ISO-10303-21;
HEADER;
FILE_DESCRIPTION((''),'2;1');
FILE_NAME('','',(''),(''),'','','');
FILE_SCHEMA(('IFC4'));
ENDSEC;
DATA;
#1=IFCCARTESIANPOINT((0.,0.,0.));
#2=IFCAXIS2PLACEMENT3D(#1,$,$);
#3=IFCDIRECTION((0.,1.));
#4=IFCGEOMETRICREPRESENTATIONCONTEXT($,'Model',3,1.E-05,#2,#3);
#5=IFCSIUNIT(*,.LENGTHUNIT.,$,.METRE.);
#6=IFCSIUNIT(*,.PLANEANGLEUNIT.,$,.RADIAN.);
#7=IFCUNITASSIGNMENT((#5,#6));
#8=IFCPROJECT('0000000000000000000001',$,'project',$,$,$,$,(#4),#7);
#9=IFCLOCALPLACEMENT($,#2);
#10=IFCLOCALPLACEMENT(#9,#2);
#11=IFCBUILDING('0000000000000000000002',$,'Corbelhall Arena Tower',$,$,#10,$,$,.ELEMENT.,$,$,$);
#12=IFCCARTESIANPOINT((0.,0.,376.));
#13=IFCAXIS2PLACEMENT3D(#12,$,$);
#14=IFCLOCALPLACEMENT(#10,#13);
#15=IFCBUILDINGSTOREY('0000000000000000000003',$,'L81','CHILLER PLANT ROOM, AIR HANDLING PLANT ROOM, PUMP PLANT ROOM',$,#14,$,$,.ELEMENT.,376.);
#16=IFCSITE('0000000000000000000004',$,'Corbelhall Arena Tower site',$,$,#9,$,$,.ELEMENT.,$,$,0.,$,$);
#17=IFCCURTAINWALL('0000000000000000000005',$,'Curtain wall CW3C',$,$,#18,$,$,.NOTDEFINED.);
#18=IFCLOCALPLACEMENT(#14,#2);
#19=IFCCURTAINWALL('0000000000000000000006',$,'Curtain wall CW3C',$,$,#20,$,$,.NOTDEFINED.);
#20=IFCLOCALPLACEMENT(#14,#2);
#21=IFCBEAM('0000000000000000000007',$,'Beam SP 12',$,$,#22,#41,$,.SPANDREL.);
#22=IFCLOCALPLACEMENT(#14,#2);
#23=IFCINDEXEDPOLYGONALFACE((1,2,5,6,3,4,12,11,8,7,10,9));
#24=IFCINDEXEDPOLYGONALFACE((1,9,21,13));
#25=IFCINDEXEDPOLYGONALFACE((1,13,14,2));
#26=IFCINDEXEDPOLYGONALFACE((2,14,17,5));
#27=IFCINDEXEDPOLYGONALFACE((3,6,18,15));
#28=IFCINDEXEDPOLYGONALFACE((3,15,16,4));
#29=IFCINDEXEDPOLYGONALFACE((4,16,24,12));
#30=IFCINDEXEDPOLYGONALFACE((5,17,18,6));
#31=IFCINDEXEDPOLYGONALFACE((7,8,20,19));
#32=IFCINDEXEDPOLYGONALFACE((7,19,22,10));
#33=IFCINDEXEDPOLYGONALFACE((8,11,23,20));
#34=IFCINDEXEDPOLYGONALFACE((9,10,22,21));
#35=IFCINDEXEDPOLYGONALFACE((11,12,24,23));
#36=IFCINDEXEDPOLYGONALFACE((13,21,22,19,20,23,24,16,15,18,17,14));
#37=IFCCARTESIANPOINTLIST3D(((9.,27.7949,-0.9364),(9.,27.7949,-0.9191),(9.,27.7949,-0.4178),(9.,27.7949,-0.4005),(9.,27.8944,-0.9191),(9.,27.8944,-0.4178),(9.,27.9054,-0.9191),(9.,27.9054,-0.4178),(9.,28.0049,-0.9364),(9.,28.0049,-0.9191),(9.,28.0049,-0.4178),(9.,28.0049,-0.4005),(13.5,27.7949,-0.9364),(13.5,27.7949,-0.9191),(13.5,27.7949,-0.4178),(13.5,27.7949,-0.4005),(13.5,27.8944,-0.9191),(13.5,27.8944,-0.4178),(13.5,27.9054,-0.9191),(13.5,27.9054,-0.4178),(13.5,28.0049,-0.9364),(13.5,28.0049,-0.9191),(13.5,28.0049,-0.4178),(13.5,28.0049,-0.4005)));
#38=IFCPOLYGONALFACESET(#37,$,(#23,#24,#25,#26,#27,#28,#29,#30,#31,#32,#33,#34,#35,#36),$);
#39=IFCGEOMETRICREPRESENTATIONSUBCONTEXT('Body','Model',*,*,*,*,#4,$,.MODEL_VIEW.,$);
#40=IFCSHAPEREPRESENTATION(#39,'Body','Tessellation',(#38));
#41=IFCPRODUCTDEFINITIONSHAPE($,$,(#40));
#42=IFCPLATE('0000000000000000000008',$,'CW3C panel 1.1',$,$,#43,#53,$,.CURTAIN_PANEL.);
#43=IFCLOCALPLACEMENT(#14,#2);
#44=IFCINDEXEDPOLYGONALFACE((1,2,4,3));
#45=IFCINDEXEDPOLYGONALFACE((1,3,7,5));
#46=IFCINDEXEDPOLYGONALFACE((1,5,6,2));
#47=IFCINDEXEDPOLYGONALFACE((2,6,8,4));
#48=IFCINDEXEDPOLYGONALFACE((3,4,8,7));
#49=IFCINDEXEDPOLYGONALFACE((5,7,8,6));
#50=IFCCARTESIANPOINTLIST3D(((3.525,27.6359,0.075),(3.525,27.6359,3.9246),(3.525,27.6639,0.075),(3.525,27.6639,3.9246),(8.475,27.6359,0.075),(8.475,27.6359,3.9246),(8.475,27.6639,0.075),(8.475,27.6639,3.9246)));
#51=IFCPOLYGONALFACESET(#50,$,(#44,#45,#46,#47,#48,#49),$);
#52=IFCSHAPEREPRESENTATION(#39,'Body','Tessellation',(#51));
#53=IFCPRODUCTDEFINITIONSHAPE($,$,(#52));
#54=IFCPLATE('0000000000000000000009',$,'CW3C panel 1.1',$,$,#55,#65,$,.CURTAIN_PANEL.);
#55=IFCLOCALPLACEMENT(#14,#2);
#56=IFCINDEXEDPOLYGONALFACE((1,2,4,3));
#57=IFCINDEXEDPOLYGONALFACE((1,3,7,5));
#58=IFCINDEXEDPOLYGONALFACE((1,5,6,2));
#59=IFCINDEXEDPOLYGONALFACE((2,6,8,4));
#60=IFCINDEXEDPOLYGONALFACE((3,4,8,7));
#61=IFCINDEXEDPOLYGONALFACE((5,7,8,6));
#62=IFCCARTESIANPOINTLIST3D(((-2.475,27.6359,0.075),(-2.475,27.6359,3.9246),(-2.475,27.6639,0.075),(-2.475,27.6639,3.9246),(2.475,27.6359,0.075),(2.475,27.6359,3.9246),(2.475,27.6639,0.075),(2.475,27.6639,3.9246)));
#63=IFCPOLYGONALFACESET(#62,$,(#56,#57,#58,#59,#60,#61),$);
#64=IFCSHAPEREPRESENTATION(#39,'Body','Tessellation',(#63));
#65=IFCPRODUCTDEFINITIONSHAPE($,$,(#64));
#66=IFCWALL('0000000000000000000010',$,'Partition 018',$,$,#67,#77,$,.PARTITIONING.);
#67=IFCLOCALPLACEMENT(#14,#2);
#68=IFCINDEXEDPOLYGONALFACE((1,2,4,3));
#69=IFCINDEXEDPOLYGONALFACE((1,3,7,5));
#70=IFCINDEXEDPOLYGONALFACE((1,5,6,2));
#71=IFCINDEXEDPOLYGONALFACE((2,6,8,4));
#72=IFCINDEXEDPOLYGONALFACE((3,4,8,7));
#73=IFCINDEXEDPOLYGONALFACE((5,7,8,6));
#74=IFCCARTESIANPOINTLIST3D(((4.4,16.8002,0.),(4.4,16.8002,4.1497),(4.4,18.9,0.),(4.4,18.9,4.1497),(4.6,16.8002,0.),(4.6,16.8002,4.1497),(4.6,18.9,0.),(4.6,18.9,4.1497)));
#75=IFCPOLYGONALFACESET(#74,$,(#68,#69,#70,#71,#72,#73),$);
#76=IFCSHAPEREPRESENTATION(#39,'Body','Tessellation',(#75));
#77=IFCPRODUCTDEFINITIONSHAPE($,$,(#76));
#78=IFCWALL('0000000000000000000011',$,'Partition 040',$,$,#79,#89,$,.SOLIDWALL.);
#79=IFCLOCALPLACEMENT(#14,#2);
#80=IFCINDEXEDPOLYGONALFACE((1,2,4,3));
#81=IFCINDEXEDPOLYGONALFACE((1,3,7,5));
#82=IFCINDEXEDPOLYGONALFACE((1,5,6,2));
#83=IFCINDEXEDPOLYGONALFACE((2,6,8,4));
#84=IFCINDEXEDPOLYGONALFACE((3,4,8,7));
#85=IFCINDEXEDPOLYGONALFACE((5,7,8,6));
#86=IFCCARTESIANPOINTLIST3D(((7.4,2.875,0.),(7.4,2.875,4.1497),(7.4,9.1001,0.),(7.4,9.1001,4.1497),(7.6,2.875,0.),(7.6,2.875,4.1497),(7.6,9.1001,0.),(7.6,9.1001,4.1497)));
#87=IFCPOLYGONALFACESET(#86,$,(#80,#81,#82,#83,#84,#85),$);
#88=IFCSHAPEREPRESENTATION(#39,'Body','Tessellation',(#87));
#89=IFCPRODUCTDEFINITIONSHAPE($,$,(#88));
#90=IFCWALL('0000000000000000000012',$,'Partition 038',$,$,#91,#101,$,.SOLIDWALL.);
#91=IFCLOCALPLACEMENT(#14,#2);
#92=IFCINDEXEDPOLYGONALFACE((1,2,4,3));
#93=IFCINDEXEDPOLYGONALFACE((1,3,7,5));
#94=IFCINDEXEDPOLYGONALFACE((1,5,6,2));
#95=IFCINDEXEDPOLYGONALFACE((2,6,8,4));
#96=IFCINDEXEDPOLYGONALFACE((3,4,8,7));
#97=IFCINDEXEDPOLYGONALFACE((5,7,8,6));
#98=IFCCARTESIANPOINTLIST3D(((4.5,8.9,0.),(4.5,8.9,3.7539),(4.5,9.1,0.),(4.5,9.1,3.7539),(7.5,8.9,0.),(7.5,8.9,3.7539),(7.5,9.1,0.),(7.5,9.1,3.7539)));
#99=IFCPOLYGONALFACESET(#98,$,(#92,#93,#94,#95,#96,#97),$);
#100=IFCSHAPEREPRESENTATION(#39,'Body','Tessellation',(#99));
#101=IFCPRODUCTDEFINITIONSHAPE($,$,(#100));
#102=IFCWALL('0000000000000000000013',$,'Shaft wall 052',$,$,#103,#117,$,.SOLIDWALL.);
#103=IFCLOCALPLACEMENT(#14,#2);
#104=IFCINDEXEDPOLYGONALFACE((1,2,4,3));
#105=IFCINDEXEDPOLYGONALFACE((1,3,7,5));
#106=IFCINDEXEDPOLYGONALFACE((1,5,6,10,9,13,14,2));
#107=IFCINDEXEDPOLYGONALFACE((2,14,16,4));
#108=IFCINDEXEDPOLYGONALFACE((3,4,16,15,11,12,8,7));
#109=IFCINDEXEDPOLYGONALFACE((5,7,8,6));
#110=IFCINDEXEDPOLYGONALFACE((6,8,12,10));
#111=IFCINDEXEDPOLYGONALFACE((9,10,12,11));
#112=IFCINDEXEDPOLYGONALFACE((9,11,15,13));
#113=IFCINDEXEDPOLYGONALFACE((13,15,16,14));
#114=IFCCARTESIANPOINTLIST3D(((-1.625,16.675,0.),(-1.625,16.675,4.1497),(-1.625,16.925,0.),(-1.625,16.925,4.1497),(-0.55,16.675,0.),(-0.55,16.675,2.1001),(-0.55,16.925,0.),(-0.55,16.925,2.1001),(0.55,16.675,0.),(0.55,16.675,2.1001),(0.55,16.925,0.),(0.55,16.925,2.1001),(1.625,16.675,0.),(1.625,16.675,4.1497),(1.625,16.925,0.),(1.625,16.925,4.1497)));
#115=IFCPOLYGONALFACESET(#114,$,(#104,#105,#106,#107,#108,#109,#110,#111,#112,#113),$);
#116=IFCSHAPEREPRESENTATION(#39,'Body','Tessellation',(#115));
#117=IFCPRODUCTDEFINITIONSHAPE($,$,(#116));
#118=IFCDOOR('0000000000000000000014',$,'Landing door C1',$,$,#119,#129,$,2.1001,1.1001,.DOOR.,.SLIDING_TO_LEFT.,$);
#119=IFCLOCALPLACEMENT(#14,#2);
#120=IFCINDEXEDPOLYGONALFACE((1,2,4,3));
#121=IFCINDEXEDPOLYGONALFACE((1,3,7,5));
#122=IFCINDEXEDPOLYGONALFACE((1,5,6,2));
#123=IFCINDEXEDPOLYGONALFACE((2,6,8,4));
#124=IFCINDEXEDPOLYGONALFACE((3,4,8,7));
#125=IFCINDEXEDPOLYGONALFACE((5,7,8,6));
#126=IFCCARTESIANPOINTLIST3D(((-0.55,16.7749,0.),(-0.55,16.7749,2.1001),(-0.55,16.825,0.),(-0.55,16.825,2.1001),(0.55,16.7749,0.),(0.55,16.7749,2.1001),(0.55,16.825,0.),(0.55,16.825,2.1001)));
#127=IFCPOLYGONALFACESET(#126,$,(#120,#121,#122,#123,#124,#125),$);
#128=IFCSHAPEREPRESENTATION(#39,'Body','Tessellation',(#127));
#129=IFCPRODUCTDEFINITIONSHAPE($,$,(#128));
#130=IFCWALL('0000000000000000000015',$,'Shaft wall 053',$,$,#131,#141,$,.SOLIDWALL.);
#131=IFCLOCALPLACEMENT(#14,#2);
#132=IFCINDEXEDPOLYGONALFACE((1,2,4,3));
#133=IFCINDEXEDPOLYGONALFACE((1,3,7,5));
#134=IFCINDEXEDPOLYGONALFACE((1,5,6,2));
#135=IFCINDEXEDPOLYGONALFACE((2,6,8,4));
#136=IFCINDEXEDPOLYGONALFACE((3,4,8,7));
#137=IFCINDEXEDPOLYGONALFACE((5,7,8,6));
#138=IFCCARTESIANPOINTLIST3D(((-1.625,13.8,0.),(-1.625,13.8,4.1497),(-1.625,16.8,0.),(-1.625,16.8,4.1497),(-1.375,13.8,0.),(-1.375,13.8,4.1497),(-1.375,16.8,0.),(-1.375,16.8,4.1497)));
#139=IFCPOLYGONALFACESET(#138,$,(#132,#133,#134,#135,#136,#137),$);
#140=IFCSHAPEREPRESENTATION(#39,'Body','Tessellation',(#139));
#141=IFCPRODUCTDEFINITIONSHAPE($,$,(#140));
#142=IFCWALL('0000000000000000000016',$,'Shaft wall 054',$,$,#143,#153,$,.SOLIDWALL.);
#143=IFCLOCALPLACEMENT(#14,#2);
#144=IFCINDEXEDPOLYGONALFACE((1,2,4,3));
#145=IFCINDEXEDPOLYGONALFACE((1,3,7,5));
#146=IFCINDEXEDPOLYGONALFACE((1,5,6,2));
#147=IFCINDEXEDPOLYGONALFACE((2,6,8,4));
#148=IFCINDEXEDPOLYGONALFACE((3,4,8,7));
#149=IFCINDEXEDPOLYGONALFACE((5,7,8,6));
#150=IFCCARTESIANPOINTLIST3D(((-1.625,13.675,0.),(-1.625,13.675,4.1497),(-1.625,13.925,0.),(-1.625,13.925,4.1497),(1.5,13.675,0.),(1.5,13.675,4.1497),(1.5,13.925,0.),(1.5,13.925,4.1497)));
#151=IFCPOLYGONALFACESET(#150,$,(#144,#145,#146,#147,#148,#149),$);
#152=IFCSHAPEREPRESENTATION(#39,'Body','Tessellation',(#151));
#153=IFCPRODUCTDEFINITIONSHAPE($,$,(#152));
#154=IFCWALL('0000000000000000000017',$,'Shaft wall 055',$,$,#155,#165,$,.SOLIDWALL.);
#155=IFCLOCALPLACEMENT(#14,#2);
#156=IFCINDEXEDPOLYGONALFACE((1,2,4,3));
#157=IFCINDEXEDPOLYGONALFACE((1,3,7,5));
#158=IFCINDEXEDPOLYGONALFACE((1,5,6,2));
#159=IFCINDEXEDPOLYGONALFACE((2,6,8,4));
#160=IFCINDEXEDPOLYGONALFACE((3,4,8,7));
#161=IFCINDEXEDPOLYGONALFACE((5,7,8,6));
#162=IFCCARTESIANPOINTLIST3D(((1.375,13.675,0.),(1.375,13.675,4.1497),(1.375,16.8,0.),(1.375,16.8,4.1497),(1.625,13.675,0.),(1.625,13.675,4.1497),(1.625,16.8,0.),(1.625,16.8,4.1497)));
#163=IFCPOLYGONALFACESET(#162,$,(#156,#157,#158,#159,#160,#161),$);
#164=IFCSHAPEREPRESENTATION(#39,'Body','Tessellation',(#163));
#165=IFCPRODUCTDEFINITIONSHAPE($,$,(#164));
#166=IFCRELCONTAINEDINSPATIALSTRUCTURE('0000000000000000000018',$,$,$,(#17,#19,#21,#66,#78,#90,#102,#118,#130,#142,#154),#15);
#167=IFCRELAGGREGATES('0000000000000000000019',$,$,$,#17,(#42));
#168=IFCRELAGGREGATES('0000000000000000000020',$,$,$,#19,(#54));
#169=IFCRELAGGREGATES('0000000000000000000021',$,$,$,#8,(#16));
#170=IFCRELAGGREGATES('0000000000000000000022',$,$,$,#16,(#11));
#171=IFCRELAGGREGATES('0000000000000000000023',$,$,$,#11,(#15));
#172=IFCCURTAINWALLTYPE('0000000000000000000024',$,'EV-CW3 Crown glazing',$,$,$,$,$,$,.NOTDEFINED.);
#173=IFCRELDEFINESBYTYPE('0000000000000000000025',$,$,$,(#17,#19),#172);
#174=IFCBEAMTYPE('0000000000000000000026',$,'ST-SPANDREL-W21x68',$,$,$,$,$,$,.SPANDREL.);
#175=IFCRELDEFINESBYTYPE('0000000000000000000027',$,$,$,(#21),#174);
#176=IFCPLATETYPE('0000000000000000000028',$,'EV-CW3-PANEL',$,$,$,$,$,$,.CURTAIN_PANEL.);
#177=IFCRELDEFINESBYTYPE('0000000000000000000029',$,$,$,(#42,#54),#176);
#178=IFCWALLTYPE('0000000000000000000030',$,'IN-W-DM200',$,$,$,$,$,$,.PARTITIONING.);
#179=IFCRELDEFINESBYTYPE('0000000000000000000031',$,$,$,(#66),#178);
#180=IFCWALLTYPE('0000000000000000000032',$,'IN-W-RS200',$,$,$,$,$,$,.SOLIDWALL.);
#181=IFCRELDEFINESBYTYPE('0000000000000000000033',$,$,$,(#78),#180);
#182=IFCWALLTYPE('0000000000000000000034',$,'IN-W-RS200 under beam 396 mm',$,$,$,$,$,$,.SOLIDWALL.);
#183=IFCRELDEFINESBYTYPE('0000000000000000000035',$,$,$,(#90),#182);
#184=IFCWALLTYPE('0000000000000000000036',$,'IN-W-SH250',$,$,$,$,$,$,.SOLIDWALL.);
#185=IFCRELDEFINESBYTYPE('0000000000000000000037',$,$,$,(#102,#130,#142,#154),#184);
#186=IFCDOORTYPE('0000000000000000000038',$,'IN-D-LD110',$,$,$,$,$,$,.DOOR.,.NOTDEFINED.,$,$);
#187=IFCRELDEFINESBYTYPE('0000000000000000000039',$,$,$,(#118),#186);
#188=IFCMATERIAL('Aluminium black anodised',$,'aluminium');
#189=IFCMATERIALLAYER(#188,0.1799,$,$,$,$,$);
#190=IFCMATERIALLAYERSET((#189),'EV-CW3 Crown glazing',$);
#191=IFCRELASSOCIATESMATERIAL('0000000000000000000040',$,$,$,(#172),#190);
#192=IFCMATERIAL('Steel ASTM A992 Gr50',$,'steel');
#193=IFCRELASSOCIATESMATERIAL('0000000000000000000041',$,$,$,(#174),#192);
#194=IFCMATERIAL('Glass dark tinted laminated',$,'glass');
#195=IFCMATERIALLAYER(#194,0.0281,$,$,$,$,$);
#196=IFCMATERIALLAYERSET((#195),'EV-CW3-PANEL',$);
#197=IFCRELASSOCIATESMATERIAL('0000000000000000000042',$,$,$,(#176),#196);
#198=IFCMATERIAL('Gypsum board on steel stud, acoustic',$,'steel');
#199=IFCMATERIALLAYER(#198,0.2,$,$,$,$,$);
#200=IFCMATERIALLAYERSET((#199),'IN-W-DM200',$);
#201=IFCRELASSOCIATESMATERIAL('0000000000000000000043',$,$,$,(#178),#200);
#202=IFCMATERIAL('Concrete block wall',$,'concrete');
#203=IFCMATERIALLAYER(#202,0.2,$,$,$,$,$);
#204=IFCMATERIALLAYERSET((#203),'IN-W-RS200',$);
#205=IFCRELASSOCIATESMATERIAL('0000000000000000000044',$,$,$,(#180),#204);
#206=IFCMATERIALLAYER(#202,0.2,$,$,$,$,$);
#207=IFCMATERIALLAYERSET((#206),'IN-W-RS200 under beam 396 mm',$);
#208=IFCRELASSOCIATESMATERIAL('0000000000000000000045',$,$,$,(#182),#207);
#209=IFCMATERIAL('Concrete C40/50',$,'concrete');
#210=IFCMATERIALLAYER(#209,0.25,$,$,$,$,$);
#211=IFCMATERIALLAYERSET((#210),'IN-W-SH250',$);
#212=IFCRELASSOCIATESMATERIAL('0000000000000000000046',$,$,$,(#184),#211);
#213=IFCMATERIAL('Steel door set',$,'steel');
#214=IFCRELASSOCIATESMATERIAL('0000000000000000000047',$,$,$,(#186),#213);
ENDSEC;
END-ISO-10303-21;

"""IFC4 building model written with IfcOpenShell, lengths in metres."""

from ifc_helpers import new_model, si_unit, direction, frame, frame_2d, origin, origin_2d, place, context, subcontext, project, spatial, rectangle, i_section, extrude, material, layer, layer_set, material_profile, profile_set, type_object, element, fill, aggregate, save


model = new_model("IFC4")

# Units and contexts
model_context = context("Model", 3, precision=1e-05, world=origin(), true_north=direction((0.0, 1.0)))
body_context = subcontext(model_context, "Body", "Model", "MODEL_VIEW")
ifc_project = project(units=[si_unit("LENGTHUNIT", "METRE"), si_unit("PLANEANGLEUNIT", "RADIAN")], contexts=[model_context])

# Site, building, storey
site_placement = place(None, origin())
site = spatial("IfcSite", under=ifc_project, at=site_placement, Name="Corbelhall Arena Tower site", CompositionType="ELEMENT", RefElevation=0.0)
building_placement = place(site_placement, origin())
building = spatial("IfcBuilding", under=site, at=building_placement, Name="Corbelhall Arena Tower", CompositionType="ELEMENT")
storey_placement = place(building_placement, frame((0.0, 0.0, 376.0)))
storey = spatial("IfcBuildingStorey", under=building, at=storey_placement, Name="L81", Description="CHILLER PLANT ROOM, AIR HANDLING PLANT ROOM, PUMP PLANT ROOM", CompositionType="ELEMENT", Elevation=376.0)

# Curtain wall
ifc_material_1 = material(Name="Aluminium black anodised", Category="aluminium")
ifc_layer_1 = layer(ifc_material_1, 0.1799)
ifc_layer_set_1 = layer_set([ifc_layer_1], Name="EV-CW3 Crown glazing")
curtain_wall_type = type_object("IfcCurtainWallType", Name="EV-CW3 Crown glazing", PredefinedType="NOTDEFINED", material=ifc_layer_set_1)
curtain_wall_1_placement = place(storey_placement, origin())
curtain_wall_1 = element("IfcCurtainWall", 1, at=curtain_wall_1_placement, inside=storey, type_object=curtain_wall_type, Name="Curtain wall CW3C", PredefinedType="NOTDEFINED")

# Curtain wall
curtain_wall_2_placement = place(storey_placement, origin())
curtain_wall_2 = element("IfcCurtainWall", 2, at=curtain_wall_2_placement, inside=storey, type_object=curtain_wall_type, Name="Curtain wall CW3C", PredefinedType="NOTDEFINED")

# Beam
ifc_material_2 = material(Name="Steel ASTM A992 Gr50", Category="steel")
ifc_material_profile_1 = material_profile(ifc_material_2, i_section(OverallWidth=0.21, OverallDepth=0.5359, WebThickness=0.011, FlangeThickness=0.0173, at=origin_2d()))
ifc_profile_set_1 = profile_set([ifc_material_profile_1], Name="Steel ASTM A992 Gr50")
beam_type_1 = type_object("IfcBeamType", Name="ST-SPANDREL-W21x68", PredefinedType="SPANDREL", material=ifc_profile_set_1)
beam_1_placement = place(storey_placement, frame((9.0, 27.8999, -0.6685), z_axis=(1.0, 0.0, 0.0), x_axis=(0.0, 1.0, 0.0)))
element("IfcBeam", 3, at=beam_1_placement, inside=storey, type_object=beam_type_1, Name="Beam SP 12", PredefinedType="SPANDREL", context=body_context, shape_type="SweptSolid", body=[
    extrude(i_section(OverallWidth=0.21, OverallDepth=0.5359, WebThickness=0.011, FlangeThickness=0.0173, at=origin_2d()), origin(), (0.0, 0.0, 1.0), 4.5),
])

# Plates
ifc_material_3 = material(Name="Glass dark tinted laminated", Category="glass")
ifc_layer_2 = layer(ifc_material_3, 0.0281)
ifc_layer_set_2 = layer_set([ifc_layer_2], Name="EV-CW3-PANEL")
plate_type = type_object("IfcPlateType", Name="EV-CW3-PANEL", PredefinedType="CURTAIN_PANEL", material=ifc_layer_set_2)
plate_1_placement = place(storey_placement, frame((6.0, 27.6499, 0.075), z_axis=(0.0, 0.0, 1.0), x_axis=(-1.0, 0.0, 0.0)))
plate_1 = element("IfcPlate", 4, at=plate_1_placement, type_object=plate_type, Name="CW3C panel 1.1", PredefinedType="CURTAIN_PANEL", context=body_context, shape_type="SweptSolid", body=[
    extrude(rectangle(XDim=4.95, YDim=0.0281, at=origin_2d()), origin(), (0.0, 0.0, 1.0), 3.8496),
])
aggregate(curtain_wall_1, [plate_1])
plate_2_placement = place(storey_placement, frame((0.0, 27.6499, 0.075), z_axis=(0.0, 0.0, 1.0), x_axis=(-1.0, 0.0, 0.0)))
plate_2 = element("IfcPlate", 5, at=plate_2_placement, type_object=plate_type, Name="CW3C panel 1.1", PredefinedType="CURTAIN_PANEL", context=body_context, shape_type="SweptSolid", body=[
    extrude(rectangle(XDim=4.95, YDim=0.0281, at=origin_2d()), origin(), (0.0, 0.0, 1.0), 3.8496),
])
aggregate(curtain_wall_2, [plate_2])

# Walls
ifc_material_4 = material(Name="Gypsum board on steel stud, acoustic", Category="steel")
ifc_layer_3 = layer(ifc_material_4, 0.2)
ifc_layer_set_3 = layer_set([ifc_layer_3], Name="IN-W-DM200")
wall_type_1 = type_object("IfcWallType", Name="IN-W-DM200", PredefinedType="PARTITIONING", material=ifc_layer_set_3)
wall_1_placement = place(storey_placement, frame((4.5, 18.8999, 0.0), z_axis=(0.0, 0.0, 1.0), x_axis=(0.0, -1.0, 0.0)))
element("IfcWall", 6, at=wall_1_placement, inside=storey, type_object=wall_type_1, Name="Partition 018", PredefinedType="PARTITIONING", context=body_context, shape_type="SweptSolid", body=[
    extrude(rectangle(XDim=2.0999, YDim=0.2, at=frame_2d((1.0498, 0.0))), origin(), (0.0, 0.0, 1.0), 4.1497),
])
ifc_material_5 = material(Name="Concrete block wall", Category="concrete")
ifc_layer_4 = layer(ifc_material_5, 0.2)
ifc_layer_set_4 = layer_set([ifc_layer_4], Name="IN-W-RS200")
wall_type_2 = type_object("IfcWallType", Name="IN-W-RS200", PredefinedType="SOLIDWALL", material=ifc_layer_set_4)
wall_2_placement = place(storey_placement, frame((7.5, 9.1001, 0.0), z_axis=(0.0, 0.0, 1.0), x_axis=(0.0, -1.0, 0.0)))
element("IfcWall", 7, at=wall_2_placement, inside=storey, type_object=wall_type_2, Name="Partition 040", PredefinedType="SOLIDWALL", context=body_context, shape_type="SweptSolid", body=[
    extrude(rectangle(XDim=6.2251, YDim=0.2, at=frame_2d((3.1125, 0.0))), origin(), (0.0, 0.0, 1.0), 4.1497),
])
ifc_layer_5 = layer(ifc_material_5, 0.2)
ifc_layer_set_5 = layer_set([ifc_layer_5], Name="IN-W-RS200 under beam 396 mm")
wall_type_3 = type_object("IfcWallType", Name="IN-W-RS200 under beam 396 mm", PredefinedType="SOLIDWALL", material=ifc_layer_set_5)
wall_3_placement = place(storey_placement, frame((4.5, 9.0, 0.0), z_axis=(0.0, 0.0, 1.0), x_axis=(1.0, 0.0, 0.0)))
element("IfcWall", 8, at=wall_3_placement, inside=storey, type_object=wall_type_3, Name="Partition 038", PredefinedType="SOLIDWALL", context=body_context, shape_type="SweptSolid", body=[
    extrude(rectangle(XDim=3.0, YDim=0.2, at=frame_2d((1.5, 0.0))), origin(), (0.0, 0.0, 1.0), 3.7539),
])

# Wall, opening, door
ifc_material_6 = material(Name="Concrete C40/50", Category="concrete")
ifc_layer_6 = layer(ifc_material_6, 0.25)
ifc_layer_set_6 = layer_set([ifc_layer_6], Name="IN-W-SH250")
wall_type_4 = type_object("IfcWallType", Name="IN-W-SH250", PredefinedType="SOLIDWALL", material=ifc_layer_set_6)
wall_4_placement = place(storey_placement, frame((-1.625, 16.8, 0.0), z_axis=(0.0, 0.0, 1.0), x_axis=(1.0, 0.0, 0.0)))
wall_4 = element("IfcWall", 9, at=wall_4_placement, inside=storey, type_object=wall_type_4, Name="Shaft wall 052", PredefinedType="SOLIDWALL", context=body_context, shape_type="SweptSolid", body=[
    extrude(rectangle(XDim=3.25, YDim=0.25, at=frame_2d((1.625, 0.0))), origin(), (0.0, 0.0, 1.0), 4.1497),
])
opening_1_placement = place(wall_4_placement, frame((1.075, 0.0, 0.0)))
opening_1 = element("IfcOpeningElement", 10, at=opening_1_placement, cuts=wall_4, PredefinedType="OPENING", context=body_context, shape_type="SweptSolid", body=[
    extrude(rectangle(XDim=1.1001, YDim=2.1001, at=frame_2d((0.55, 1.05))), frame((0.0, 0.125, 0.0), z_axis=(0.0, -1.0, 0.0), x_axis=(1.0, 0.0, 0.0)), (0.0, 0.0, 1.0), 0.25),
])
ifc_material_7 = material(Name="Steel door set", Category="steel")
door_type_1 = type_object("IfcDoorType", Name="IN-D-LD110", OperationType="NOTDEFINED", PredefinedType="DOOR", material=ifc_material_7)
door_1_placement = place(opening_1_placement, origin())
door_1 = element("IfcDoor", 11, at=door_1_placement, inside=storey, type_object=door_type_1, Name="Landing door C1", OperationType="SLIDING_TO_LEFT", OverallHeight=2.1001, OverallWidth=1.1001, PredefinedType="DOOR", context=body_context, shape_type="SweptSolid", body=[
    extrude(rectangle(XDim=1.1001, YDim=2.1001, at=frame_2d((0.55, 1.05))), frame((0.0, 0.0249, 0.0), z_axis=(0.0, -1.0, 0.0), x_axis=(1.0, 0.0, 0.0)), (0.0, 0.0, 1.0), 0.05),
])
fill(opening_1, door_1)

# Walls
wall_5_placement = place(storey_placement, frame((-1.5, 13.8, 0.0), z_axis=(0.0, 0.0, 1.0), x_axis=(0.0, 1.0, 0.0)))
element("IfcWall", 12, at=wall_5_placement, inside=storey, type_object=wall_type_4, Name="Shaft wall 053", PredefinedType="SOLIDWALL", context=body_context, shape_type="SweptSolid", body=[
    extrude(rectangle(XDim=3.0, YDim=0.25, at=frame_2d((1.5, 0.0))), origin(), (0.0, 0.0, 1.0), 4.1497),
])
for number, where, z_axis, x_axis, name in (
    (13, (1.5, 13.8, 0.0), (0.0, 0.0, 1.0), (-1.0, 0.0, 0.0), "Shaft wall 054"),
    (14, (1.5, 16.8, 0.0), (0.0, 0.0, 1.0), (0.0, -1.0, 0.0), "Shaft wall 055"),
):
    element("IfcWall", number, at=place(storey_placement, frame(where, z_axis=z_axis, x_axis=x_axis)), inside=storey, type_object=wall_type_4, Name=name, PredefinedType="SOLIDWALL", context=body_context, shape_type="SweptSolid", body=[
        extrude(rectangle(XDim=3.125, YDim=0.25, at=frame_2d((1.5625, 0.0))), origin(), (0.0, 0.0, 1.0), 4.1497),
    ])

save(model, "model.ifc")
